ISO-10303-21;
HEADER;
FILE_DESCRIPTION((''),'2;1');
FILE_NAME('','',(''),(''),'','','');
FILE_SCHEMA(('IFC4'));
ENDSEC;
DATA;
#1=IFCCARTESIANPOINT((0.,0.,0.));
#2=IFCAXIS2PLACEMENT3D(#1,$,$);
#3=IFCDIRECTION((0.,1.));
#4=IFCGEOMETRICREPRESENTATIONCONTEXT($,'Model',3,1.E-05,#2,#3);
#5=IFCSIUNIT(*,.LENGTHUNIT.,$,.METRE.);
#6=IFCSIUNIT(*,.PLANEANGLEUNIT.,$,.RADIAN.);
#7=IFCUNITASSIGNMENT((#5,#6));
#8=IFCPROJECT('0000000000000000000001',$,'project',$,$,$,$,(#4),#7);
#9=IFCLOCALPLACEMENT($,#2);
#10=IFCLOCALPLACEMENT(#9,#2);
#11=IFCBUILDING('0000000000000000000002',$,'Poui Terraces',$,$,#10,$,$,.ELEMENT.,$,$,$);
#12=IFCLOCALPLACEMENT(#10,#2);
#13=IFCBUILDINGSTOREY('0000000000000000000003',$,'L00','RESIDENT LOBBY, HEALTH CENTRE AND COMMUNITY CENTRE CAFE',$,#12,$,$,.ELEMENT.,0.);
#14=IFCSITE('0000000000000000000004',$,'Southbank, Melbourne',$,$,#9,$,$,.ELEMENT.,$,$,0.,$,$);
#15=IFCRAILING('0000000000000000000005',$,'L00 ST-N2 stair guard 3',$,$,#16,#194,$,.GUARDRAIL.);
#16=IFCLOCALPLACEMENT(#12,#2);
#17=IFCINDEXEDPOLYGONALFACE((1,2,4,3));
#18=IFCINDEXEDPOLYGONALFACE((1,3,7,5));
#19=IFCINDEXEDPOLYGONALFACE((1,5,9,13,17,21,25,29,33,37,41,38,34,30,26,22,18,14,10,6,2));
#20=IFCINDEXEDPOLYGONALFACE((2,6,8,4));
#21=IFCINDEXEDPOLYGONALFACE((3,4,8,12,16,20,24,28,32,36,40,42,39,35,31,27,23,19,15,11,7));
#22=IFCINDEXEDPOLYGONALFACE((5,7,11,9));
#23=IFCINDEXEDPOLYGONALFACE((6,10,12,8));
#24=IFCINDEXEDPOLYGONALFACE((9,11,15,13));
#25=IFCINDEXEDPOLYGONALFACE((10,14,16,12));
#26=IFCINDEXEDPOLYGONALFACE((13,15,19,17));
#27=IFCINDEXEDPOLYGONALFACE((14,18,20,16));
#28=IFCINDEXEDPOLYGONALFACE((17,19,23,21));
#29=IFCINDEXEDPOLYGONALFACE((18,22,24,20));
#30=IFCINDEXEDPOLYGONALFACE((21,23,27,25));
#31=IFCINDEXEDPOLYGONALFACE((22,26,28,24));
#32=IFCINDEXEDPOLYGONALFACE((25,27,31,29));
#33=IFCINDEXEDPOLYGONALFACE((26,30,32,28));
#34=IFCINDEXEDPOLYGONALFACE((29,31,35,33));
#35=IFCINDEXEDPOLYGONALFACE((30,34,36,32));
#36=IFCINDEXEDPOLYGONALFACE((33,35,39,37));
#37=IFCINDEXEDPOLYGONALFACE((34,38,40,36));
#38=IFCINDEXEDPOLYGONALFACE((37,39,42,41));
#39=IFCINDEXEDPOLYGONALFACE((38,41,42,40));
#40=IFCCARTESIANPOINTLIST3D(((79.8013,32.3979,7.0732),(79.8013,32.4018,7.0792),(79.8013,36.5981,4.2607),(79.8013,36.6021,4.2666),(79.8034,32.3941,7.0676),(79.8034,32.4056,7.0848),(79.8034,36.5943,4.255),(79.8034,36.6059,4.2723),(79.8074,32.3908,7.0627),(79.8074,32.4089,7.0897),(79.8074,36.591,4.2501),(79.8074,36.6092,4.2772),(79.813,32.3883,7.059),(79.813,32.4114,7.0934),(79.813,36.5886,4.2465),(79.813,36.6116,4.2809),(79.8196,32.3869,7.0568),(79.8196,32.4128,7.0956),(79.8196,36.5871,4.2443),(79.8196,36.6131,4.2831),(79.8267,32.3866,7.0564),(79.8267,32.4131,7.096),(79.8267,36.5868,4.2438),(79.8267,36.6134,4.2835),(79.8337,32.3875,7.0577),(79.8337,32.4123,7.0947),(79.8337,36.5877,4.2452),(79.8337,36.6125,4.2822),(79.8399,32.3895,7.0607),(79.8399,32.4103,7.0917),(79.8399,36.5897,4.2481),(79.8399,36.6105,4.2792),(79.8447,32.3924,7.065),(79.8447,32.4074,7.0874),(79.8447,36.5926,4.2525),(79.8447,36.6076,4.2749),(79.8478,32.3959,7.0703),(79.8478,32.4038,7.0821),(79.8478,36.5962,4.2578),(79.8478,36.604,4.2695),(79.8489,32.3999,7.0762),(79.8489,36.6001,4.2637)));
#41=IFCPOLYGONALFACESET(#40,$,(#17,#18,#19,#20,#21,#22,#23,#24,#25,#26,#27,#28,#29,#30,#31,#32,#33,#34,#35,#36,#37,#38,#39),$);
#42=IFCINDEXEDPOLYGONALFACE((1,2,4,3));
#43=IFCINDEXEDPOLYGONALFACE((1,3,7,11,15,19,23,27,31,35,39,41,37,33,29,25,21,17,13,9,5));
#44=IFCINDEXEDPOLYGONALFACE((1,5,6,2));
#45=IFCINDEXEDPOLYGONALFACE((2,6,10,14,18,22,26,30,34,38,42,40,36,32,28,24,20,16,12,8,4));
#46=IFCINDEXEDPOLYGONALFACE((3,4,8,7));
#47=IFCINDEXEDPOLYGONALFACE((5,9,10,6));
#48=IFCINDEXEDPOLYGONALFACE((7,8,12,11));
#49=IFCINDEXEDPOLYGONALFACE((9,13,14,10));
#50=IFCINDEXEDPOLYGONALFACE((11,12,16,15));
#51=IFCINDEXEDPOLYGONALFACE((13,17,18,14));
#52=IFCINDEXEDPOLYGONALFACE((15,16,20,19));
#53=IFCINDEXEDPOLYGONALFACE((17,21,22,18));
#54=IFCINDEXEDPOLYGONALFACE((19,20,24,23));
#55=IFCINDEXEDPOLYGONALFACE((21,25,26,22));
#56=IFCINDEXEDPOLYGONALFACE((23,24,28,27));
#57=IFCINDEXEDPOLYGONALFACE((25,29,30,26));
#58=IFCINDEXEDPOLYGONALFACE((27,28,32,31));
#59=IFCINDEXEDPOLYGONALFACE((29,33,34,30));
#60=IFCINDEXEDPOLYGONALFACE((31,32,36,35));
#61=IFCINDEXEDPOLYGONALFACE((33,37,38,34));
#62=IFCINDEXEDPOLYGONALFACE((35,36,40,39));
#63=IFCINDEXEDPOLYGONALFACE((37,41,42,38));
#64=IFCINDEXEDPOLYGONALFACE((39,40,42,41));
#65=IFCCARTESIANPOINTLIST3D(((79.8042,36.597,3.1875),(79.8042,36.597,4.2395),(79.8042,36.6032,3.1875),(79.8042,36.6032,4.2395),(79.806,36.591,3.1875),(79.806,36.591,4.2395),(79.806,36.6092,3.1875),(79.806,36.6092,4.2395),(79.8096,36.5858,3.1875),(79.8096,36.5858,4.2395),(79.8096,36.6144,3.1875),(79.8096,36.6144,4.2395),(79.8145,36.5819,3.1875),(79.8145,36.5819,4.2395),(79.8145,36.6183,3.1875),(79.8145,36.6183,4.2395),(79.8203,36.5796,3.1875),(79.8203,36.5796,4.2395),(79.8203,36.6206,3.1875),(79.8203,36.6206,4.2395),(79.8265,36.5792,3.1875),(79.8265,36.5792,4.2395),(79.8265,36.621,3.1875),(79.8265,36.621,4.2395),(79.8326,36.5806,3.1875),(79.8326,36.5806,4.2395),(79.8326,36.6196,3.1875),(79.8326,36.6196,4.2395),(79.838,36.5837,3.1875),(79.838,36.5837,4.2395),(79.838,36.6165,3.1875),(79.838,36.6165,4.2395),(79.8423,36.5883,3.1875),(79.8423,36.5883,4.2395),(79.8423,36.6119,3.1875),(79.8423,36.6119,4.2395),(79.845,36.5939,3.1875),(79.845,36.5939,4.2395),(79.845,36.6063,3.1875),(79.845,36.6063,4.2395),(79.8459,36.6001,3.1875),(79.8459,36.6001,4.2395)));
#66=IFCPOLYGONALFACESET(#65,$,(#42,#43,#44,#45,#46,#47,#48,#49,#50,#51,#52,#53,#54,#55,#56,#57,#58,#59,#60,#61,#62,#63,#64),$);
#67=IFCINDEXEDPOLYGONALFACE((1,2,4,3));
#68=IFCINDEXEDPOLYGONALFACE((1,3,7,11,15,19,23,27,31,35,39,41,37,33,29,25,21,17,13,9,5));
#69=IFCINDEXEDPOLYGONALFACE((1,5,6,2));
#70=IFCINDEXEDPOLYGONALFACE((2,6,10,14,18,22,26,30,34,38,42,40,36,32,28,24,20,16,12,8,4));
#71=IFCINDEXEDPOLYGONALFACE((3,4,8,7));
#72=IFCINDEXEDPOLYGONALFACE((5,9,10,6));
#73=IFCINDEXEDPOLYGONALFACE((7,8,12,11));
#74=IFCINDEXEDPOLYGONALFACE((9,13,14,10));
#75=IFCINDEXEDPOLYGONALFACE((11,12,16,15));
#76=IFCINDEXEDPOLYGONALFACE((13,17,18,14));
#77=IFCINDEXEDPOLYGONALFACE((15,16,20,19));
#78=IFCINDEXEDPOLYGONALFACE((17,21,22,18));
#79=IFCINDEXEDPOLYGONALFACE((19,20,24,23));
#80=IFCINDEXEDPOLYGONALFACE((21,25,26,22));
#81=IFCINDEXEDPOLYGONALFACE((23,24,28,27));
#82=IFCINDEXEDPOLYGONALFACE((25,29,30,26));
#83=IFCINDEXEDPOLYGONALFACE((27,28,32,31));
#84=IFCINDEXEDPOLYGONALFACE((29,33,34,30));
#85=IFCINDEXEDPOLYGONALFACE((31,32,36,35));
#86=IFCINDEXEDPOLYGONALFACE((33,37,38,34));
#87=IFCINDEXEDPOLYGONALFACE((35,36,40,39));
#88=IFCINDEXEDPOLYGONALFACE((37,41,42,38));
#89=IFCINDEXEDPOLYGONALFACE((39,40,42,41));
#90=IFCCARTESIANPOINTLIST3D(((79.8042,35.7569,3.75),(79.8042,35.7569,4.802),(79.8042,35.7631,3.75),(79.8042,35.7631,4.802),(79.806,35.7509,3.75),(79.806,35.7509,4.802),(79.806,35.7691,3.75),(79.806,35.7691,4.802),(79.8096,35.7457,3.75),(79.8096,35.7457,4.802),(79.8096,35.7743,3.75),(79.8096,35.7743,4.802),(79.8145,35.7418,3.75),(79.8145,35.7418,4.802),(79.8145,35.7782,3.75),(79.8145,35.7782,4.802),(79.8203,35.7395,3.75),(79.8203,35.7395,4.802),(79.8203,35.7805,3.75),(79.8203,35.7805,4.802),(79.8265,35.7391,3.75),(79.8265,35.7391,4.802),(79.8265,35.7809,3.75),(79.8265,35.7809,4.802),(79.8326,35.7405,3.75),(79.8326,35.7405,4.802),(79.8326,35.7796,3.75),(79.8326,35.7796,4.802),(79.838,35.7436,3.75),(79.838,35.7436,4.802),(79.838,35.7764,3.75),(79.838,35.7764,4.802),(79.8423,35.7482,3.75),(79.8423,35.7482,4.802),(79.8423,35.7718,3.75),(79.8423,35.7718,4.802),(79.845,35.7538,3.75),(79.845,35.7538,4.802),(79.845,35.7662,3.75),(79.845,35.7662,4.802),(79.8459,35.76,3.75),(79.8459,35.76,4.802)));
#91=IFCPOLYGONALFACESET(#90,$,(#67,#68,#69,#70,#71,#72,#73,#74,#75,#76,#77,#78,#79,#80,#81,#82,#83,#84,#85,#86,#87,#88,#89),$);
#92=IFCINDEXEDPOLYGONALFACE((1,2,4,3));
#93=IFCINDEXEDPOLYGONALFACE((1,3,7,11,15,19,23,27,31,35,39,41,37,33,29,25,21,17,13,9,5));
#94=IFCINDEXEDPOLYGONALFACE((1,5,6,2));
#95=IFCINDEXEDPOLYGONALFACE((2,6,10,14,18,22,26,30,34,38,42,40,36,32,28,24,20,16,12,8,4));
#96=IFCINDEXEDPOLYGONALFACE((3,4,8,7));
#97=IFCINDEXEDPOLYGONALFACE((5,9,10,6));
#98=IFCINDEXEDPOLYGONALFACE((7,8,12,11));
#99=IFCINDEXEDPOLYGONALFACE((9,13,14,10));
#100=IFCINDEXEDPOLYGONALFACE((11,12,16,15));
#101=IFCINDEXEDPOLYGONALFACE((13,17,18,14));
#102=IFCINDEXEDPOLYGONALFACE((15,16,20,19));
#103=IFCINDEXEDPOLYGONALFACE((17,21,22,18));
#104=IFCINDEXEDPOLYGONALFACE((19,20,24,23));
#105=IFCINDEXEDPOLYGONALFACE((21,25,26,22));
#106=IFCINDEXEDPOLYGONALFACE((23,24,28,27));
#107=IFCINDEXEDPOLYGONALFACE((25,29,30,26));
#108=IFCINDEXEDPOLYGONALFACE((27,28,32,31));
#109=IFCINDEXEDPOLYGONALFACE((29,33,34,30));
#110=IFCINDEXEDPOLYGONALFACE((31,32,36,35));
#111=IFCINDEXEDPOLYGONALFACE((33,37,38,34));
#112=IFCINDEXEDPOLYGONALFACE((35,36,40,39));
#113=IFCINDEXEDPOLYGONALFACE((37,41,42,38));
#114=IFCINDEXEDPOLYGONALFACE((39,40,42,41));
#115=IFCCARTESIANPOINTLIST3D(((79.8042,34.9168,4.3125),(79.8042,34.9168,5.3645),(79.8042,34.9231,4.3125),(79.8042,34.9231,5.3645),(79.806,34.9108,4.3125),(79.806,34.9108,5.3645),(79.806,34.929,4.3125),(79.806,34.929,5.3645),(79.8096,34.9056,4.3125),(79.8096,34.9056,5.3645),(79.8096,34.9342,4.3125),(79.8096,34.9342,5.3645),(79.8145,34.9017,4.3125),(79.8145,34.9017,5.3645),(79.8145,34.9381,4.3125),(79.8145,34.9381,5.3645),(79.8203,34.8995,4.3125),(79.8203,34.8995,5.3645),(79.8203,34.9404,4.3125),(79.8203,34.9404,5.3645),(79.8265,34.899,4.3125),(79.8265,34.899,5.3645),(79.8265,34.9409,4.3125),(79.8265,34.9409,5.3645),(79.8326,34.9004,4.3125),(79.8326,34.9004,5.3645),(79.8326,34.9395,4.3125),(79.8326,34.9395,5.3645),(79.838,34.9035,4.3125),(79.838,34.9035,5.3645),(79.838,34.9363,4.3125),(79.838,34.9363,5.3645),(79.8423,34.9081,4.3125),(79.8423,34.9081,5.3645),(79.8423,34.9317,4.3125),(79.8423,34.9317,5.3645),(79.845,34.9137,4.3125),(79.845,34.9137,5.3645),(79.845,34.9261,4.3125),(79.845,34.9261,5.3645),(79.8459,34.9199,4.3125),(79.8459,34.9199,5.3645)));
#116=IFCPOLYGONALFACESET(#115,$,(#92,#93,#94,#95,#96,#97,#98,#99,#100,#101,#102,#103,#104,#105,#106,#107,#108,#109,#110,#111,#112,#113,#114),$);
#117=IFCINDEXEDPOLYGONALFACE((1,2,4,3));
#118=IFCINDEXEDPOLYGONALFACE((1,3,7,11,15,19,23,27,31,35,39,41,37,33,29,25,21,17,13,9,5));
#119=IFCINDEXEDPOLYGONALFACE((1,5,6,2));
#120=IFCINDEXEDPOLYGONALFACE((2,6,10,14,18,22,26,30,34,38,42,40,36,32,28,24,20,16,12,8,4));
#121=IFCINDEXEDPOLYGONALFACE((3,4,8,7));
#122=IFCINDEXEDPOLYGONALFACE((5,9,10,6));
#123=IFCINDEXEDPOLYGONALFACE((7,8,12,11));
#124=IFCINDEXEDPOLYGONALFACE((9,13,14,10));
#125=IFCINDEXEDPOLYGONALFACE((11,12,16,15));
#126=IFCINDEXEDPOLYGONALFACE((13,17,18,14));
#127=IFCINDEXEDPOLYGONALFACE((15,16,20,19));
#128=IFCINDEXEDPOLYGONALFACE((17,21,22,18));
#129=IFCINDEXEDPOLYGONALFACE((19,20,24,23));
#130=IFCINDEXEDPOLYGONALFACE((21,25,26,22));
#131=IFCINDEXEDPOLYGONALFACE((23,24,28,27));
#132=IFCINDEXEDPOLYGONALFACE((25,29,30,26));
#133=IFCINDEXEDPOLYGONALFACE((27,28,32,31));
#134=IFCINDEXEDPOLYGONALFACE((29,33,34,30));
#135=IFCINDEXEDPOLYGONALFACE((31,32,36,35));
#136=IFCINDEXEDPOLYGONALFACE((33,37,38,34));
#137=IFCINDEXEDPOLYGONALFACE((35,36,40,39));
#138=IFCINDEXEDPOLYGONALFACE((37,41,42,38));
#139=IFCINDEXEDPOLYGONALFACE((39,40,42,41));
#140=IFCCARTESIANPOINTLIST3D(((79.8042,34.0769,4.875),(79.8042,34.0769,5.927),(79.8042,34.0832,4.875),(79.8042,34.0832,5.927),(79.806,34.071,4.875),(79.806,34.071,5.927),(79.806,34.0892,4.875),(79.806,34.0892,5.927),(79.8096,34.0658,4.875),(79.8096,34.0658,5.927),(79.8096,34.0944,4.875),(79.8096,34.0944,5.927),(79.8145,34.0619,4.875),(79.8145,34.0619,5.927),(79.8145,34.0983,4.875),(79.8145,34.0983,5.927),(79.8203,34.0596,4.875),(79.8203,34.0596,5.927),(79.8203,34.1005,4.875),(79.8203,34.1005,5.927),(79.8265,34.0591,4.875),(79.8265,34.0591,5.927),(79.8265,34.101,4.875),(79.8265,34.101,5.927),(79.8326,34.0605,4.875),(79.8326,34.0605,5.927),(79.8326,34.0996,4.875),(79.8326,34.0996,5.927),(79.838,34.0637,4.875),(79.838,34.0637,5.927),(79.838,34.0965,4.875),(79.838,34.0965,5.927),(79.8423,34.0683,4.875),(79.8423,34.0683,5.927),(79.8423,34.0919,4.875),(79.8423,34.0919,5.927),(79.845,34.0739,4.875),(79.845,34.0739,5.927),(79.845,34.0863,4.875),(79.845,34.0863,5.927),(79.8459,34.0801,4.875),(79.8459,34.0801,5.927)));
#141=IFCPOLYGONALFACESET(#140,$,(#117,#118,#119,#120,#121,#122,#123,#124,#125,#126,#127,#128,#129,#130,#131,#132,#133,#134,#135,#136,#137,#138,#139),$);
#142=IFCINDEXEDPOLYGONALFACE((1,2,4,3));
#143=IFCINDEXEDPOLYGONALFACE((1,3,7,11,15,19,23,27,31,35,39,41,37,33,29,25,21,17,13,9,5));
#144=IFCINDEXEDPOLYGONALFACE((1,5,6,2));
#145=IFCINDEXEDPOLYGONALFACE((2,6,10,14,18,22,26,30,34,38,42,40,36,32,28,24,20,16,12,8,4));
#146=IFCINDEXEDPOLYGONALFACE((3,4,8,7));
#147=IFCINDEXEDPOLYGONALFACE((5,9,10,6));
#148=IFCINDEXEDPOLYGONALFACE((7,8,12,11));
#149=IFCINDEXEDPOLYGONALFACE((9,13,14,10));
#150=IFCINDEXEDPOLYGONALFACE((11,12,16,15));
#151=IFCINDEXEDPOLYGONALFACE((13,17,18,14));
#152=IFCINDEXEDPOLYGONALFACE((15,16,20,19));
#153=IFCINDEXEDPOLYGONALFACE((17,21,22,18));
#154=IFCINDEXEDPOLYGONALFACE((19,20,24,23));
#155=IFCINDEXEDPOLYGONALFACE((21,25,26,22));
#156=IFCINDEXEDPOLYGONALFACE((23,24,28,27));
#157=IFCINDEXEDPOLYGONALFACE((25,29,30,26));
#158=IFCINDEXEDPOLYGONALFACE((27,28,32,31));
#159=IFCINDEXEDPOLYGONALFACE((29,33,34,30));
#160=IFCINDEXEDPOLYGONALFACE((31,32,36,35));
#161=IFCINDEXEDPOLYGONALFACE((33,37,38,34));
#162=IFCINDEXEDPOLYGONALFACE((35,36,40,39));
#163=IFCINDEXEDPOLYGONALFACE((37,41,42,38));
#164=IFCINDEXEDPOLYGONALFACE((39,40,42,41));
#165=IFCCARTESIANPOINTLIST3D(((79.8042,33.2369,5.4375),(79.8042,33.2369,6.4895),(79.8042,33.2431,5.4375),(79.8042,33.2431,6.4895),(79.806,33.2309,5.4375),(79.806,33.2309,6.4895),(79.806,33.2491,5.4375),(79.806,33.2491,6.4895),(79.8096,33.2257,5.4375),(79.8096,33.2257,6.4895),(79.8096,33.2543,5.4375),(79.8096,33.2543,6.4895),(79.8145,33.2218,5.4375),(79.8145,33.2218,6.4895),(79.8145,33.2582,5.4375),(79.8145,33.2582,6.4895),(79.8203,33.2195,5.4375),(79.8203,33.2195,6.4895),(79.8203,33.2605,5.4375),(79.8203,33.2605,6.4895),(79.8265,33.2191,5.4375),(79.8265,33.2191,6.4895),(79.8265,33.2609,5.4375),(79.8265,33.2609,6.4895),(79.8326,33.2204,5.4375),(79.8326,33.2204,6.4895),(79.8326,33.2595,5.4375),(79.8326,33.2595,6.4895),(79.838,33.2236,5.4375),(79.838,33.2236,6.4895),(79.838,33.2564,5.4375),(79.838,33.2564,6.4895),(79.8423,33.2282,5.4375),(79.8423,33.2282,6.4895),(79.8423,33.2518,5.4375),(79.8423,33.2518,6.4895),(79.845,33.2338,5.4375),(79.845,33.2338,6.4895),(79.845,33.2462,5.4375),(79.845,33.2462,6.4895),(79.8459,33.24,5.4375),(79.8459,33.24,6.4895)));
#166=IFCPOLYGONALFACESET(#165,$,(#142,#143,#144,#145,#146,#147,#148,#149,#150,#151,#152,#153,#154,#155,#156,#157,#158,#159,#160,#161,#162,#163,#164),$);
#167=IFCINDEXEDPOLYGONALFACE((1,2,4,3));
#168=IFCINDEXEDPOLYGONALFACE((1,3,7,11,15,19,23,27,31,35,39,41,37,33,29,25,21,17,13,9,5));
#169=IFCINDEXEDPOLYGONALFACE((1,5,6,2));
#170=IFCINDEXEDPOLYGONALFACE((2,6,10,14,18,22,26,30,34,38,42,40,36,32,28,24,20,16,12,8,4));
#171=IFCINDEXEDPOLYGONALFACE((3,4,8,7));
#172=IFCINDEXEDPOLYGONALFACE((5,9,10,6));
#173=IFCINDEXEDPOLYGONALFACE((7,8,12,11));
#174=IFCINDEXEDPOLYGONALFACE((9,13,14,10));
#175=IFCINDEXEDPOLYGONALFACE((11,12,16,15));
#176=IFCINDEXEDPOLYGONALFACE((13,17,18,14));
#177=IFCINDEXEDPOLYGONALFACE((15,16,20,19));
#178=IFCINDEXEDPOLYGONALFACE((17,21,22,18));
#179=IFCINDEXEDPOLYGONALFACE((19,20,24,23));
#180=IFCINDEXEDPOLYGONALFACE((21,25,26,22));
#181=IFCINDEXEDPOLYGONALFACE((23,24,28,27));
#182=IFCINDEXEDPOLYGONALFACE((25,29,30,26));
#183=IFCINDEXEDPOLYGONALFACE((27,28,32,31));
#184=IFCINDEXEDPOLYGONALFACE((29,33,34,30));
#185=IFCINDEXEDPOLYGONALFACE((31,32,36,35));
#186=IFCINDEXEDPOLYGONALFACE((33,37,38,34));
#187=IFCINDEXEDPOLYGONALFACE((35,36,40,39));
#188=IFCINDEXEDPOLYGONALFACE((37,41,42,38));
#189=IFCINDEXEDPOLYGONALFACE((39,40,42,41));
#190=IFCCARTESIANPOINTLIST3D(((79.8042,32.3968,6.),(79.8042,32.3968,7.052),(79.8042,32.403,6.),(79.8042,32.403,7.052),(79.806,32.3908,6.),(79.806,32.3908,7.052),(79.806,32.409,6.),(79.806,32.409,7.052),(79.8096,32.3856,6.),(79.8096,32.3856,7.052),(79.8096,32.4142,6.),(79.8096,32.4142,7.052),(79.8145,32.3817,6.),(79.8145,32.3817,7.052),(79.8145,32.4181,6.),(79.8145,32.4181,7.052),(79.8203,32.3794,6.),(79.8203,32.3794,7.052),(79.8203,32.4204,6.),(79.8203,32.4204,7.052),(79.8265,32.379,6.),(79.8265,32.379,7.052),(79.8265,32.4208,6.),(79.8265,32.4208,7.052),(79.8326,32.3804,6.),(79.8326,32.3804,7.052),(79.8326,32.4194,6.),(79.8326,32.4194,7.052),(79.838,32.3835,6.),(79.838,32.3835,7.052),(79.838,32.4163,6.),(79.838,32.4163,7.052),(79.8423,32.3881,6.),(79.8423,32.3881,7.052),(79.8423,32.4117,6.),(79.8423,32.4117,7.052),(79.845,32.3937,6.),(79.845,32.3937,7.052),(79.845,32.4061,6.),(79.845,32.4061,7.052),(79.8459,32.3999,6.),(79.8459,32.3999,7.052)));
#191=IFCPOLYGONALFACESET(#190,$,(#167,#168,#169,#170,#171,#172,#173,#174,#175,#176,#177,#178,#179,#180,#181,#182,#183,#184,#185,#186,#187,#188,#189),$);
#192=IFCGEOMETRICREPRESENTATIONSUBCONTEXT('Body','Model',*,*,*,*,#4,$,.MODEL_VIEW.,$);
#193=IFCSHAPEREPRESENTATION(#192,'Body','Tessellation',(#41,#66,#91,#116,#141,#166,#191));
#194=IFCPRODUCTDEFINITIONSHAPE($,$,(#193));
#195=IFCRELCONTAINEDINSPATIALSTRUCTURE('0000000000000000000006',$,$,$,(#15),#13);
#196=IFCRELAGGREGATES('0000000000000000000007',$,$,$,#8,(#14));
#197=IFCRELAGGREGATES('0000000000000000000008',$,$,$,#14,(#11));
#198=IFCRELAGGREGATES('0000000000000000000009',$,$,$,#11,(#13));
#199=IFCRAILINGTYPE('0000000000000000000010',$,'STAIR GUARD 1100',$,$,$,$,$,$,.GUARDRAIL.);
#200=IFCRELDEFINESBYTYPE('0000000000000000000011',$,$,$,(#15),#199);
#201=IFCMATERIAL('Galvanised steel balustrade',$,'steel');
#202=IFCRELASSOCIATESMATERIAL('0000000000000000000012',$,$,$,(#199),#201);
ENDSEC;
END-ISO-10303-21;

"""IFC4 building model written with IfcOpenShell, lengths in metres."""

from ifc_helpers import new_model, si_unit, direction, frame, origin, origin_2d, place, context, subcontext, project, spatial, circle, extrude, material, type_object, element, save


model = new_model("IFC4")

# Units and contexts
model_context = context("Model", 3, precision=1e-05, world=origin(), true_north=direction((0.0, 1.0)))
body_context = subcontext(model_context, "Body", "Model", "MODEL_VIEW")
ifc_project = project(units=[si_unit("LENGTHUNIT", "METRE"), si_unit("PLANEANGLEUNIT", "RADIAN")], contexts=[model_context])

# Site, building, storey
site_placement = place(None, origin())
site = spatial("IfcSite", under=ifc_project, at=site_placement, Name="Southbank, Melbourne", CompositionType="ELEMENT", RefElevation=0.0)
building_placement = place(site_placement, origin())
building = spatial("IfcBuilding", under=site, at=building_placement, Name="Poui Terraces", CompositionType="ELEMENT")
storey_placement = place(building_placement, origin())
storey = spatial("IfcBuildingStorey", under=building, at=storey_placement, Name="L00", Description="RESIDENT LOBBY, HEALTH CENTRE AND COMMUNITY CENTRE CAFE", CompositionType="ELEMENT", Elevation=0.0)

# Railing
ifc_material_1 = material(Name="Galvanised steel balustrade", Category="steel")
railing_type_1 = type_object("IfcRailingType", Name="STAIR GUARD 1100", PredefinedType="GUARDRAIL", material=ifc_material_1)
railing_1_placement = place(storey_placement, frame((79.825, 36.6001, 3.1875)))
element("IfcRailing", 1, at=railing_1_placement, inside=storey, type_object=railing_type_1, Name="L00 ST-N2 stair guard 3", PredefinedType="GUARDRAIL", context=body_context, shape_type="SweptSolid", body=[
    extrude(circle(Radius=0.0239, at=origin_2d()), frame((0.0, 0.0, 1.0762), z_axis=(0.0, -0.830919, 0.556393), x_axis=(1.0, 0.0, 0.0)), (0.0, 0.0, 1.0), 5.0549),
    extrude(circle(Radius=0.021, at=origin_2d()), origin(), (0.0, 0.0, 1.0), 1.052),
    extrude(circle(Radius=0.021, at=origin_2d()), frame((0.0, -0.8401, 0.5625)), (0.0, 0.0, 1.0), 1.052),
    extrude(circle(Radius=0.021, at=origin_2d()), frame((0.0, -1.6802, 1.125)), (0.0, 0.0, 1.0), 1.052),
    extrude(circle(Radius=0.021, at=origin_2d()), frame((0.0, -2.52, 1.6875)), (0.0, 0.0, 1.0), 1.052),
    extrude(circle(Radius=0.021, at=origin_2d()), frame((0.0, -3.3601, 2.25)), (0.0, 0.0, 1.0), 1.052),
    extrude(circle(Radius=0.021, at=origin_2d()), frame((0.0, -4.2002, 2.8125)), (0.0, 0.0, 1.0), 1.052),
])

save(model, "model.ifc")
